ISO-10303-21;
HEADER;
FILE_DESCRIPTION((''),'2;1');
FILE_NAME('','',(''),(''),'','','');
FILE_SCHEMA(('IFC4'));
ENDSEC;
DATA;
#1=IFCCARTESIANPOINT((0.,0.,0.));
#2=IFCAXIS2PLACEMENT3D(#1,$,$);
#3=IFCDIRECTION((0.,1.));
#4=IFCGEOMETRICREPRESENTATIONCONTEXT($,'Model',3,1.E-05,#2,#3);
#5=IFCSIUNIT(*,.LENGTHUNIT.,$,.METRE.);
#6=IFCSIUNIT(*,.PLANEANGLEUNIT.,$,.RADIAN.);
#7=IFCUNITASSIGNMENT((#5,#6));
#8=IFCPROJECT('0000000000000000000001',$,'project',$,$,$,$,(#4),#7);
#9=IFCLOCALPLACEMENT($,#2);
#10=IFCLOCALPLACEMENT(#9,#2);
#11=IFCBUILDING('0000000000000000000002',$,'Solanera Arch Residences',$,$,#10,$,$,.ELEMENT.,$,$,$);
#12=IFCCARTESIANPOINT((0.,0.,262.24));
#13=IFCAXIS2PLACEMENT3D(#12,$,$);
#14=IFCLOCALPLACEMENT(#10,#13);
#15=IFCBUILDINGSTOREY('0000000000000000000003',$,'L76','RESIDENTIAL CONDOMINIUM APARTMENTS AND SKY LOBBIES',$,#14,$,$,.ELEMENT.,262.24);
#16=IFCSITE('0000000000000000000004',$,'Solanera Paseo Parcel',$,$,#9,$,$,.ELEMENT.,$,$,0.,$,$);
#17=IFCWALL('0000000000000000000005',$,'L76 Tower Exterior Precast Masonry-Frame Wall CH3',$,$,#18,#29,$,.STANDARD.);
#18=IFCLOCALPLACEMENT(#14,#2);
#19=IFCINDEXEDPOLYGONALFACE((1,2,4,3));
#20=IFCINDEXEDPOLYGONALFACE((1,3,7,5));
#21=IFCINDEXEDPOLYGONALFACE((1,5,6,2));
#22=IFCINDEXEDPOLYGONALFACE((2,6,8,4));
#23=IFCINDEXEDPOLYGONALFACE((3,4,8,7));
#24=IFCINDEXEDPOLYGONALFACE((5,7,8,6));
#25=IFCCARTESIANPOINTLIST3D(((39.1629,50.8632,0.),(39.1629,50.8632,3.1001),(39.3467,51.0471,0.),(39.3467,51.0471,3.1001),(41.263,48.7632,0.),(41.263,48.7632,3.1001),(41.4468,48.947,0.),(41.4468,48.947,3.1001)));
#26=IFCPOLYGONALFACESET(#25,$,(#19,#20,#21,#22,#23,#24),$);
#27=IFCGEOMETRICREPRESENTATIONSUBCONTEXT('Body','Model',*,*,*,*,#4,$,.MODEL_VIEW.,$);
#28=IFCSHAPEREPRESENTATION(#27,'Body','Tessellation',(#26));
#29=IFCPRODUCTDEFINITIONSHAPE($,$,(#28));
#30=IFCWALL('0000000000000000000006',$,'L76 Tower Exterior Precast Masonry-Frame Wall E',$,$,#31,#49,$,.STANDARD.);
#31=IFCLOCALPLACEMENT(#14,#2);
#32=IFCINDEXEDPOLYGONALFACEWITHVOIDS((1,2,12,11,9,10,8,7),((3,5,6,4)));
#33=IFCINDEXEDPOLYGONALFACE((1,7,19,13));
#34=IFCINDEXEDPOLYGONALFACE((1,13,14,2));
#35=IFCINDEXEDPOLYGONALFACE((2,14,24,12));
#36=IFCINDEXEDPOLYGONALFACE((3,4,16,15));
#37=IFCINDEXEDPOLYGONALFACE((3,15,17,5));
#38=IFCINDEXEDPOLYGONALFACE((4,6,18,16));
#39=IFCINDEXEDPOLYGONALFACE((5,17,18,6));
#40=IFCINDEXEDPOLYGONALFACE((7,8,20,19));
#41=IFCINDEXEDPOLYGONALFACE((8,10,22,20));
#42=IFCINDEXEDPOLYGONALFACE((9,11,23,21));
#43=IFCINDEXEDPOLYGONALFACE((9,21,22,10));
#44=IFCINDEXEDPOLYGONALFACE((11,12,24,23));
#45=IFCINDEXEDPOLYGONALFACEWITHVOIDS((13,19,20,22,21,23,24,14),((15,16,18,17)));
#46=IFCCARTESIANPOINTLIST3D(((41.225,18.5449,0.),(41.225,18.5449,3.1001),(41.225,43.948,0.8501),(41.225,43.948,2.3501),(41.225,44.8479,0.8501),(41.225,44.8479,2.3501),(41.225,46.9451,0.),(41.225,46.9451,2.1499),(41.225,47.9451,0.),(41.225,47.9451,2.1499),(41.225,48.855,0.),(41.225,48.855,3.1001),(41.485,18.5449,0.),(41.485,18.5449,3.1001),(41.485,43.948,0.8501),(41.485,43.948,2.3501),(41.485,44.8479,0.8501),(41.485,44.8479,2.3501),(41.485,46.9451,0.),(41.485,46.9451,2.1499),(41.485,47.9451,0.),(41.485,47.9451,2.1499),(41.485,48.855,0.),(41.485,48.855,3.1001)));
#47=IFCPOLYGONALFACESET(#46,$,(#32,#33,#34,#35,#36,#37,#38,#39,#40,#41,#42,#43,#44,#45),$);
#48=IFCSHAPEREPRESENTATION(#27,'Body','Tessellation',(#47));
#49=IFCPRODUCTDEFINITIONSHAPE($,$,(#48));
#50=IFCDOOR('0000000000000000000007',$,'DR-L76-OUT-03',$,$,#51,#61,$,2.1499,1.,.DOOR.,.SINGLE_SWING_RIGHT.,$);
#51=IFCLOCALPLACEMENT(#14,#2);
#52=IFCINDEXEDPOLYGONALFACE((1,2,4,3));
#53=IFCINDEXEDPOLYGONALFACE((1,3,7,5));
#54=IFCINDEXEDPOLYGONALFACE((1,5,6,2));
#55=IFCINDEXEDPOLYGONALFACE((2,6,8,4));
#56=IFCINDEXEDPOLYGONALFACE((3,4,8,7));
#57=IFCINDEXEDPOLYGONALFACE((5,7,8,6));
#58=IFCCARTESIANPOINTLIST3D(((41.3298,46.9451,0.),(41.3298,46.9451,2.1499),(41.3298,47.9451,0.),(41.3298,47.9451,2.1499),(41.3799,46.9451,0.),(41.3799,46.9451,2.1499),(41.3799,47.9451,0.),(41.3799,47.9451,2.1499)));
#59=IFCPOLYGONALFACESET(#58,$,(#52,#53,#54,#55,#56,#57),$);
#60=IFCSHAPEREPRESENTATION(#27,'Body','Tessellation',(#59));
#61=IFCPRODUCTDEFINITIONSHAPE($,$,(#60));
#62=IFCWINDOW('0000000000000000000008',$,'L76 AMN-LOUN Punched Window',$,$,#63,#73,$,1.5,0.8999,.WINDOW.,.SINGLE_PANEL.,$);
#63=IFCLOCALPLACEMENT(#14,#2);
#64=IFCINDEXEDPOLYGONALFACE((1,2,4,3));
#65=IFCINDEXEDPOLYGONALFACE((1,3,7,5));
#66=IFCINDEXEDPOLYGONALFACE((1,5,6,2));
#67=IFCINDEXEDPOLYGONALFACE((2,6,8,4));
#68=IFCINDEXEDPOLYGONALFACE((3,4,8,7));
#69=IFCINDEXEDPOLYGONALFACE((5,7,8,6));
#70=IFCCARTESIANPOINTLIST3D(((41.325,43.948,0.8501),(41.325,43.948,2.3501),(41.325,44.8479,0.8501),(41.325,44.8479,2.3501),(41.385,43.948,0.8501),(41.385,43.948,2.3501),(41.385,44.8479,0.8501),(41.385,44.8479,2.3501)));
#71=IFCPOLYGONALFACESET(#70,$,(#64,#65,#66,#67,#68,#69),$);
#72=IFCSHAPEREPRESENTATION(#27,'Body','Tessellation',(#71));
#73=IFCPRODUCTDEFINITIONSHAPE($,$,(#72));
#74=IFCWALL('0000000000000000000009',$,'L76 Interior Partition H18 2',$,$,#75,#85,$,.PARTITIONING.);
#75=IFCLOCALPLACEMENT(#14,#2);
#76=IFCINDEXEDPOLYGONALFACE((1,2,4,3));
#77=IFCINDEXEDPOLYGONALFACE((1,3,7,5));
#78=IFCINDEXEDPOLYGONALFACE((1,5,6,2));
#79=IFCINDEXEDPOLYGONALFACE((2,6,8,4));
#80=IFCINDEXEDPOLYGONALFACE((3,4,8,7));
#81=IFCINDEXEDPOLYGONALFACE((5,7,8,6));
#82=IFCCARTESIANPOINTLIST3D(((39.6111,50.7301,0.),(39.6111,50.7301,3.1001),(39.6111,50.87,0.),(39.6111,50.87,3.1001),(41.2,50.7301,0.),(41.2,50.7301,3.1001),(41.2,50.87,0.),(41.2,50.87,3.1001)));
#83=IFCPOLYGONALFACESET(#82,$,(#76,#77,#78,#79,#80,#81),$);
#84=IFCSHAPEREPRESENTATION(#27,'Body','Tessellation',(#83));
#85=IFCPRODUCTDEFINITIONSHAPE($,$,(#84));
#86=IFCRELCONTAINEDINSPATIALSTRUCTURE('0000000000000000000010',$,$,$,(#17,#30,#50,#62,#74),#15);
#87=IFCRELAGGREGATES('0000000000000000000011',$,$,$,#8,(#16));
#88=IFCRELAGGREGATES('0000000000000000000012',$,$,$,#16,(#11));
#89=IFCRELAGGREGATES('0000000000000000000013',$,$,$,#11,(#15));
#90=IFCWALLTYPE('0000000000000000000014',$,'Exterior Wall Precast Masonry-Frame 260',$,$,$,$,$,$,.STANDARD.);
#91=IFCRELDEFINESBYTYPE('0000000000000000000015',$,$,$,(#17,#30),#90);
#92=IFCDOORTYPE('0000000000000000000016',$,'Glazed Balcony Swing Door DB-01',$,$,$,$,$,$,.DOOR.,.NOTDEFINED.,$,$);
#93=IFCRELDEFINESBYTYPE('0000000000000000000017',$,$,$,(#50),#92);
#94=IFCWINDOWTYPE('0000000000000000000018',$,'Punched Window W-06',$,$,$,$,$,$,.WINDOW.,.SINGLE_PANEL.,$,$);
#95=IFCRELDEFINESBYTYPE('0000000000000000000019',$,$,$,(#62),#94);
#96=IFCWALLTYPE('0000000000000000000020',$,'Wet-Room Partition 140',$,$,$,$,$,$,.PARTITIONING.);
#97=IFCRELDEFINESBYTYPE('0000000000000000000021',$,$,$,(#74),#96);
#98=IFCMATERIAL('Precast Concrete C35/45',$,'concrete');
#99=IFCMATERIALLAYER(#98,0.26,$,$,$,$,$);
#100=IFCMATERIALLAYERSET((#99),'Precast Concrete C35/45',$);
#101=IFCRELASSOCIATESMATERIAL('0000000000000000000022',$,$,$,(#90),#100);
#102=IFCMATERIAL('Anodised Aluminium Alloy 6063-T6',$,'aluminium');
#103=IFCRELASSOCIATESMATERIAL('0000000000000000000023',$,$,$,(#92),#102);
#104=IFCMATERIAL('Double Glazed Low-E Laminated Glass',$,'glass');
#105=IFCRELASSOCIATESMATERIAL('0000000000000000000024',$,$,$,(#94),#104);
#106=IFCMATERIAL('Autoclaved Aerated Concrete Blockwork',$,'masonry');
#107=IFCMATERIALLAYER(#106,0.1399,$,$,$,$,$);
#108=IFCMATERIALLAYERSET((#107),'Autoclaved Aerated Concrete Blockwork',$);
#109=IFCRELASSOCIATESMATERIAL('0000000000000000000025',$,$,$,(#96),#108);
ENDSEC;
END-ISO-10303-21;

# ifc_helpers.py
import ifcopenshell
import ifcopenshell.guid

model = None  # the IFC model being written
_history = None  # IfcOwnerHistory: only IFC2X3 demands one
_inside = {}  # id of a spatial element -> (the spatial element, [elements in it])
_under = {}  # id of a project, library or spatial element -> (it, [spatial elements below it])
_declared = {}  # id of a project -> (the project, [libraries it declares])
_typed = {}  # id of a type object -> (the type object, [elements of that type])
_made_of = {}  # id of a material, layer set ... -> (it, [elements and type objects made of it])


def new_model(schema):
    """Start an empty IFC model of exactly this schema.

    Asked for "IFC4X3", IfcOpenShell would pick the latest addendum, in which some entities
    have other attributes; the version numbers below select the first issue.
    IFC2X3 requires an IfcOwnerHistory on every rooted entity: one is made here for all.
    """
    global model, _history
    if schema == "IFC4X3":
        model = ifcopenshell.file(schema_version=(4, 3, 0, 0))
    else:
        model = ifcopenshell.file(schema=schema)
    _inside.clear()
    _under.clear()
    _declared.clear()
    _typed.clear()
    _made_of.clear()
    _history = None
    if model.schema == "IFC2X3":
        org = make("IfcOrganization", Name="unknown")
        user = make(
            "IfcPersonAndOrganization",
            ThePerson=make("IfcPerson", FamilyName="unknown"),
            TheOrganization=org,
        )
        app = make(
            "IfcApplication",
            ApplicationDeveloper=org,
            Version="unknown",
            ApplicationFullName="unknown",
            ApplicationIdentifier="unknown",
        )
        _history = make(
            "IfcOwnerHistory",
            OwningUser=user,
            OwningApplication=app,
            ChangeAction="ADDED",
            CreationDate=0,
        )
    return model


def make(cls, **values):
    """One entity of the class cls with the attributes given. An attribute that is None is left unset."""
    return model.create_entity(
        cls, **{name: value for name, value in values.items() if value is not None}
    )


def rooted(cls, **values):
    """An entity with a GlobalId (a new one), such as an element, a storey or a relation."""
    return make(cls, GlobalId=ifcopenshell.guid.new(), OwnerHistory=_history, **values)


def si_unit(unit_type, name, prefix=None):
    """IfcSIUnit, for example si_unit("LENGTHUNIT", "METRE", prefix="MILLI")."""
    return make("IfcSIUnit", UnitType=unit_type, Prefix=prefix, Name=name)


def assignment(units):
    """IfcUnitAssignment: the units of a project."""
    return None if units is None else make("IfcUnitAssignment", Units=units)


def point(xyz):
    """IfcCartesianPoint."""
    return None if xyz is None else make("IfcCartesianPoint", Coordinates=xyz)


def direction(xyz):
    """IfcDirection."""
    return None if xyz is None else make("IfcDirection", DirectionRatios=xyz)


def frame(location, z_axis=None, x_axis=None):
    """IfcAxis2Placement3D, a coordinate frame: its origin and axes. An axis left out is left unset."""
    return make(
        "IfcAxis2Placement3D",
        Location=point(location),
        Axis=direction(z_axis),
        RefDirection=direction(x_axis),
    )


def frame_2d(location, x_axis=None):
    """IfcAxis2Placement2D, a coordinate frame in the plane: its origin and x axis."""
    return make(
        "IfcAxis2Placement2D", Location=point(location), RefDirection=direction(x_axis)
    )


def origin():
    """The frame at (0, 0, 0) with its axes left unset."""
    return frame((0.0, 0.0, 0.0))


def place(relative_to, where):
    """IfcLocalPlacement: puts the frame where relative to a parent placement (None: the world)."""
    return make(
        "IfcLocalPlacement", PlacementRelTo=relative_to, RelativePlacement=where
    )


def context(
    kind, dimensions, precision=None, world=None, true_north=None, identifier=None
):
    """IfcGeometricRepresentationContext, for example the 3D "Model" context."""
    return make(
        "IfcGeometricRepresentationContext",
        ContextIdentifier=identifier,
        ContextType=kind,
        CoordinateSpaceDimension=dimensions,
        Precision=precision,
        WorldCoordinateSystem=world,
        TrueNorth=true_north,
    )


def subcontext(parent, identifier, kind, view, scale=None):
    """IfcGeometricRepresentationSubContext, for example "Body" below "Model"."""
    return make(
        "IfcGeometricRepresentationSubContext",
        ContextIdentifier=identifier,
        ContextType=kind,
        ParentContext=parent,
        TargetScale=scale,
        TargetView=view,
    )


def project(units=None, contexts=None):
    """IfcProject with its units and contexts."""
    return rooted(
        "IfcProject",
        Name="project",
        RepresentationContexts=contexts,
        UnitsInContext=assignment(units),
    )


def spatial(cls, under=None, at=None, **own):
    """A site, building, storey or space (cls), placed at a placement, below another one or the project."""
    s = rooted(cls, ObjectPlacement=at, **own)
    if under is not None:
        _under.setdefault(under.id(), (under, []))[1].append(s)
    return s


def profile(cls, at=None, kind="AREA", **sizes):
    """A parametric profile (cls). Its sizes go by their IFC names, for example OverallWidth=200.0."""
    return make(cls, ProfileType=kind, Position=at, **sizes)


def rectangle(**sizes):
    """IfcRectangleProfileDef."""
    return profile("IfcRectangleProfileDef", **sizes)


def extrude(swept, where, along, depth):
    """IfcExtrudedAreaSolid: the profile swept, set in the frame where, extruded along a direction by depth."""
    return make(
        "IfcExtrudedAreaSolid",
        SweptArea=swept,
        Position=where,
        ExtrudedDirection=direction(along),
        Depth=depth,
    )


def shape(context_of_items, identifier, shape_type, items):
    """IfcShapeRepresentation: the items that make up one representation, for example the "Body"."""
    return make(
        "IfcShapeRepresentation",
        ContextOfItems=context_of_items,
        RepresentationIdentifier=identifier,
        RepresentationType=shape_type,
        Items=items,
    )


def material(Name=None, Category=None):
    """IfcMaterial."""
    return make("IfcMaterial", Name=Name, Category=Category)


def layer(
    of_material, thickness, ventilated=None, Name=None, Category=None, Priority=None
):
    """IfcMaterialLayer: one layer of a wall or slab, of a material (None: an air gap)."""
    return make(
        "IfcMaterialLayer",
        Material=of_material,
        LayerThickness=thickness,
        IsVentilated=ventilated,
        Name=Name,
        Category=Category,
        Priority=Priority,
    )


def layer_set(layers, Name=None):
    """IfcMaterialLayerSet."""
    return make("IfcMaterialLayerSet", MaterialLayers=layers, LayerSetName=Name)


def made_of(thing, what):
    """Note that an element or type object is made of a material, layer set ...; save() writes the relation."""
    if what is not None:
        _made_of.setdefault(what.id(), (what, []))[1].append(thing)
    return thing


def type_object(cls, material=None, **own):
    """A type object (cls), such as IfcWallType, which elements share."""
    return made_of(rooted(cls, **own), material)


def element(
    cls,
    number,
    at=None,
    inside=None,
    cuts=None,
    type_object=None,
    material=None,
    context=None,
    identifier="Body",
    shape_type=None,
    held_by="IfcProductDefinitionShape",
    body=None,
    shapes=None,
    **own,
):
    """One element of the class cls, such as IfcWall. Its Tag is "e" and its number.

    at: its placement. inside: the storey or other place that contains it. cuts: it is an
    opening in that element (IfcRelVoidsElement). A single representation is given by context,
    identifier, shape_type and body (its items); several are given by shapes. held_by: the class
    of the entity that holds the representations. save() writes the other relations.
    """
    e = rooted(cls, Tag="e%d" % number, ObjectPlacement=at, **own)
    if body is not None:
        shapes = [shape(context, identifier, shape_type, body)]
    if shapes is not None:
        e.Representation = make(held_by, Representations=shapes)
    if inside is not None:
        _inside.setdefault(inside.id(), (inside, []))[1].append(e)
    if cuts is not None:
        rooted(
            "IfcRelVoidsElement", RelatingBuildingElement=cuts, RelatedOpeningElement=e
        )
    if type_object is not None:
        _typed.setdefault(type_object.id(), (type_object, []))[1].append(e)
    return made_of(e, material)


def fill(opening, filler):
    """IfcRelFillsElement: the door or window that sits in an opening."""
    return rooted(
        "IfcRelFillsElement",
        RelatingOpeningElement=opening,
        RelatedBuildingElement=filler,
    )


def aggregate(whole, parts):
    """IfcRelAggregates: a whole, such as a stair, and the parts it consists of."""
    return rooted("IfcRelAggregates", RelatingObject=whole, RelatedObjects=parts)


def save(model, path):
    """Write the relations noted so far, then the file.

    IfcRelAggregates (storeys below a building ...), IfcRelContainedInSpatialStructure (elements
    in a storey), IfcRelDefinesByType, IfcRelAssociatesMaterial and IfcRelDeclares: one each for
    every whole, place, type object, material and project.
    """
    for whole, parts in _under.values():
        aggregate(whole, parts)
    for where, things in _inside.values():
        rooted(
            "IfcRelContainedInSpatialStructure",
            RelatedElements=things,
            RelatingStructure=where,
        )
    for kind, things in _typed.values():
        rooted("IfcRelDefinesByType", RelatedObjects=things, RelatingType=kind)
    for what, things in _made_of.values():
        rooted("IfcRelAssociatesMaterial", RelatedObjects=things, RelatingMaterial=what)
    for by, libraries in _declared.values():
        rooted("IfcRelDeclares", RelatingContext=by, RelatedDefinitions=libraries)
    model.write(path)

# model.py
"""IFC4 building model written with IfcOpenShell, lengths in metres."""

from ifc_helpers import new_model, si_unit, direction, frame, frame_2d, origin, place, context, subcontext, project, spatial, rectangle, extrude, material, layer, layer_set, type_object, element, fill, save


model = new_model("IFC4")

# Units and contexts
model_context = context("Model", 3, precision=1e-05, world=origin(), true_north=direction((0.0, 1.0)))
body_context = subcontext(model_context, "Body", "Model", "MODEL_VIEW")
ifc_project = project(units=[si_unit("LENGTHUNIT", "METRE"), si_unit("PLANEANGLEUNIT", "RADIAN")], contexts=[model_context])

# Site, building, storey
site_placement = place(None, origin())
site = spatial("IfcSite", under=ifc_project, at=site_placement, Name="Solanera Paseo Parcel", CompositionType="ELEMENT", RefElevation=0.0)
building_placement = place(site_placement, origin())
building = spatial("IfcBuilding", under=site, at=building_placement, Name="Solanera Arch Residences", CompositionType="ELEMENT")
storey_placement = place(building_placement, frame((0.0, 0.0, 262.24)))
storey = spatial("IfcBuildingStorey", under=building, at=storey_placement, Name="L76", Description="RESIDENTIAL CONDOMINIUM APARTMENTS AND SKY LOBBIES", CompositionType="ELEMENT", Elevation=262.24)

# Wall
ifc_material_1 = material(Name="Precast Concrete C35/45", Category="concrete")
ifc_layer_1 = layer(ifc_material_1, 0.26)
ifc_layer_set_1 = layer_set([ifc_layer_1], Name="Precast Concrete C35/45")
wall_type_1 = type_object("IfcWallType", Name="Exterior Wall Precast Masonry-Frame 260", PredefinedType="STANDARD", material=ifc_layer_set_1)
wall_1_placement = place(storey_placement, frame((39.2549, 50.9551, 0.0), z_axis=(0.0, 0.0, 1.0), x_axis=(0.707107, -0.707107, 0.0)))
element("IfcWall", 1, at=wall_1_placement, inside=storey, type_object=wall_type_1, Name="L76 Tower Exterior Precast Masonry-Frame Wall CH3", PredefinedType="STANDARD", context=body_context, shape_type="SweptSolid", body=[
    extrude(rectangle(XDim=2.97, YDim=0.26, at=frame_2d((1.4849, 0.0))), origin(), (0.0, 0.0, 1.0), 3.1001),
])

# Wall, openings, door, window
wall_2_placement = place(storey_placement, frame((41.355, 48.855, 0.0), z_axis=(0.0, 0.0, 1.0), x_axis=(0.0, -1.0, 0.0)))
wall_2 = element("IfcWall", 2, at=wall_2_placement, inside=storey, type_object=wall_type_1, Name="L76 Tower Exterior Precast Masonry-Frame Wall E", PredefinedType="STANDARD", context=body_context, shape_type="SweptSolid", body=[
    extrude(rectangle(XDim=30.3101, YDim=0.26, at=frame_2d((15.155, 0.0))), origin(), (0.0, 0.0, 1.0), 3.1001),
])
opening_1_placement = place(wall_2_placement, frame((0.9099, 0.0, 0.0)))
opening_1 = element("IfcOpeningElement", 3, at=opening_1_placement, cuts=wall_2, PredefinedType="OPENING", context=body_context, shape_type="SweptSolid", body=[
    extrude(rectangle(XDim=1.0, YDim=2.1499, at=frame_2d((0.5, 1.075))), frame((0.0, 0.1399, 0.0), z_axis=(0.0, -1.0, 0.0), x_axis=(1.0, 0.0, 0.0)), (0.0, 0.0, 1.0), 0.28),
])
opening_2_placement = place(wall_2_placement, frame((4.0071, 0.0, 0.8501)))
opening_2 = element("IfcOpeningElement", 4, at=opening_2_placement, cuts=wall_2, PredefinedType="OPENING", context=body_context, shape_type="SweptSolid", body=[
    extrude(rectangle(XDim=0.8999, YDim=1.5, at=frame_2d((0.45, 0.75))), frame((0.0, 0.1399, 0.0), z_axis=(0.0, -1.0, 0.0), x_axis=(1.0, 0.0, 0.0)), (0.0, 0.0, 1.0), 0.28),
])
ifc_material_2 = material(Name="Anodised Aluminium Alloy 6063-T6", Category="aluminium")
door_type = type_object("IfcDoorType", Name="Glazed Balcony Swing Door DB-01", OperationType="NOTDEFINED", PredefinedType="DOOR", material=ifc_material_2)
door_placement = place(opening_1_placement, origin())
door = element("IfcDoor", 5, at=door_placement, inside=storey, type_object=door_type, Name="DR-L76-OUT-03", OperationType="SINGLE_SWING_RIGHT", OverallHeight=2.1499, OverallWidth=1.0, PredefinedType="DOOR", context=body_context, shape_type="SweptSolid", body=[
    extrude(rectangle(XDim=1.0, YDim=2.1499, at=frame_2d((0.5, 1.075))), frame((0.0, 0.0249, 0.0), z_axis=(0.0, -1.0, 0.0), x_axis=(1.0, 0.0, 0.0)), (0.0, 0.0, 1.0), 0.05),
])
fill(opening_1, door)
ifc_material_3 = material(Name="Double Glazed Low-E Laminated Glass", Category="glass")
window_type = type_object("IfcWindowType", Name="Punched Window W-06", PartitioningType="SINGLE_PANEL", PredefinedType="WINDOW", material=ifc_material_3)
window_placement = place(opening_2_placement, origin())
window = element("IfcWindow", 6, at=window_placement, inside=storey, type_object=window_type, Name="L76 AMN-LOUN Punched Window", OverallHeight=1.5, OverallWidth=0.8999, PartitioningType="SINGLE_PANEL", PredefinedType="WINDOW", context=body_context, shape_type="SweptSolid", body=[
    extrude(rectangle(XDim=0.8999, YDim=1.5, at=frame_2d((0.45, 0.75))), frame((0.0, 0.03, 0.0), z_axis=(0.0, -1.0, 0.0), x_axis=(1.0, 0.0, 0.0)), (0.0, 0.0, 1.0), 0.0601),
])
fill(opening_2, window)

# Wall
ifc_material_4 = material(Name="Autoclaved Aerated Concrete Blockwork", Category="masonry")
ifc_layer_2 = layer(ifc_material_4, 0.1399)
ifc_layer_set_2 = layer_set([ifc_layer_2], Name="Autoclaved Aerated Concrete Blockwork")
wall_type_2 = type_object("IfcWallType", Name="Wet-Room Partition 140", PredefinedType="PARTITIONING", material=ifc_layer_set_2)
wall_3_placement = place(storey_placement, frame((39.6111, 50.8, 0.0), z_axis=(0.0, 0.0, 1.0), x_axis=(1.0, 0.0, 0.0)))
element("IfcWall", 7, at=wall_3_placement, inside=storey, type_object=wall_type_2, Name="L76 Interior Partition H18 2", PredefinedType="PARTITIONING", context=body_context, shape_type="SweptSolid", body=[
    extrude(rectangle(XDim=1.5889, YDim=0.1399, at=frame_2d((0.7944, 0.0))), origin(), (0.0, 0.0, 1.0), 3.1001),
])

save(model, "model.ifc")
